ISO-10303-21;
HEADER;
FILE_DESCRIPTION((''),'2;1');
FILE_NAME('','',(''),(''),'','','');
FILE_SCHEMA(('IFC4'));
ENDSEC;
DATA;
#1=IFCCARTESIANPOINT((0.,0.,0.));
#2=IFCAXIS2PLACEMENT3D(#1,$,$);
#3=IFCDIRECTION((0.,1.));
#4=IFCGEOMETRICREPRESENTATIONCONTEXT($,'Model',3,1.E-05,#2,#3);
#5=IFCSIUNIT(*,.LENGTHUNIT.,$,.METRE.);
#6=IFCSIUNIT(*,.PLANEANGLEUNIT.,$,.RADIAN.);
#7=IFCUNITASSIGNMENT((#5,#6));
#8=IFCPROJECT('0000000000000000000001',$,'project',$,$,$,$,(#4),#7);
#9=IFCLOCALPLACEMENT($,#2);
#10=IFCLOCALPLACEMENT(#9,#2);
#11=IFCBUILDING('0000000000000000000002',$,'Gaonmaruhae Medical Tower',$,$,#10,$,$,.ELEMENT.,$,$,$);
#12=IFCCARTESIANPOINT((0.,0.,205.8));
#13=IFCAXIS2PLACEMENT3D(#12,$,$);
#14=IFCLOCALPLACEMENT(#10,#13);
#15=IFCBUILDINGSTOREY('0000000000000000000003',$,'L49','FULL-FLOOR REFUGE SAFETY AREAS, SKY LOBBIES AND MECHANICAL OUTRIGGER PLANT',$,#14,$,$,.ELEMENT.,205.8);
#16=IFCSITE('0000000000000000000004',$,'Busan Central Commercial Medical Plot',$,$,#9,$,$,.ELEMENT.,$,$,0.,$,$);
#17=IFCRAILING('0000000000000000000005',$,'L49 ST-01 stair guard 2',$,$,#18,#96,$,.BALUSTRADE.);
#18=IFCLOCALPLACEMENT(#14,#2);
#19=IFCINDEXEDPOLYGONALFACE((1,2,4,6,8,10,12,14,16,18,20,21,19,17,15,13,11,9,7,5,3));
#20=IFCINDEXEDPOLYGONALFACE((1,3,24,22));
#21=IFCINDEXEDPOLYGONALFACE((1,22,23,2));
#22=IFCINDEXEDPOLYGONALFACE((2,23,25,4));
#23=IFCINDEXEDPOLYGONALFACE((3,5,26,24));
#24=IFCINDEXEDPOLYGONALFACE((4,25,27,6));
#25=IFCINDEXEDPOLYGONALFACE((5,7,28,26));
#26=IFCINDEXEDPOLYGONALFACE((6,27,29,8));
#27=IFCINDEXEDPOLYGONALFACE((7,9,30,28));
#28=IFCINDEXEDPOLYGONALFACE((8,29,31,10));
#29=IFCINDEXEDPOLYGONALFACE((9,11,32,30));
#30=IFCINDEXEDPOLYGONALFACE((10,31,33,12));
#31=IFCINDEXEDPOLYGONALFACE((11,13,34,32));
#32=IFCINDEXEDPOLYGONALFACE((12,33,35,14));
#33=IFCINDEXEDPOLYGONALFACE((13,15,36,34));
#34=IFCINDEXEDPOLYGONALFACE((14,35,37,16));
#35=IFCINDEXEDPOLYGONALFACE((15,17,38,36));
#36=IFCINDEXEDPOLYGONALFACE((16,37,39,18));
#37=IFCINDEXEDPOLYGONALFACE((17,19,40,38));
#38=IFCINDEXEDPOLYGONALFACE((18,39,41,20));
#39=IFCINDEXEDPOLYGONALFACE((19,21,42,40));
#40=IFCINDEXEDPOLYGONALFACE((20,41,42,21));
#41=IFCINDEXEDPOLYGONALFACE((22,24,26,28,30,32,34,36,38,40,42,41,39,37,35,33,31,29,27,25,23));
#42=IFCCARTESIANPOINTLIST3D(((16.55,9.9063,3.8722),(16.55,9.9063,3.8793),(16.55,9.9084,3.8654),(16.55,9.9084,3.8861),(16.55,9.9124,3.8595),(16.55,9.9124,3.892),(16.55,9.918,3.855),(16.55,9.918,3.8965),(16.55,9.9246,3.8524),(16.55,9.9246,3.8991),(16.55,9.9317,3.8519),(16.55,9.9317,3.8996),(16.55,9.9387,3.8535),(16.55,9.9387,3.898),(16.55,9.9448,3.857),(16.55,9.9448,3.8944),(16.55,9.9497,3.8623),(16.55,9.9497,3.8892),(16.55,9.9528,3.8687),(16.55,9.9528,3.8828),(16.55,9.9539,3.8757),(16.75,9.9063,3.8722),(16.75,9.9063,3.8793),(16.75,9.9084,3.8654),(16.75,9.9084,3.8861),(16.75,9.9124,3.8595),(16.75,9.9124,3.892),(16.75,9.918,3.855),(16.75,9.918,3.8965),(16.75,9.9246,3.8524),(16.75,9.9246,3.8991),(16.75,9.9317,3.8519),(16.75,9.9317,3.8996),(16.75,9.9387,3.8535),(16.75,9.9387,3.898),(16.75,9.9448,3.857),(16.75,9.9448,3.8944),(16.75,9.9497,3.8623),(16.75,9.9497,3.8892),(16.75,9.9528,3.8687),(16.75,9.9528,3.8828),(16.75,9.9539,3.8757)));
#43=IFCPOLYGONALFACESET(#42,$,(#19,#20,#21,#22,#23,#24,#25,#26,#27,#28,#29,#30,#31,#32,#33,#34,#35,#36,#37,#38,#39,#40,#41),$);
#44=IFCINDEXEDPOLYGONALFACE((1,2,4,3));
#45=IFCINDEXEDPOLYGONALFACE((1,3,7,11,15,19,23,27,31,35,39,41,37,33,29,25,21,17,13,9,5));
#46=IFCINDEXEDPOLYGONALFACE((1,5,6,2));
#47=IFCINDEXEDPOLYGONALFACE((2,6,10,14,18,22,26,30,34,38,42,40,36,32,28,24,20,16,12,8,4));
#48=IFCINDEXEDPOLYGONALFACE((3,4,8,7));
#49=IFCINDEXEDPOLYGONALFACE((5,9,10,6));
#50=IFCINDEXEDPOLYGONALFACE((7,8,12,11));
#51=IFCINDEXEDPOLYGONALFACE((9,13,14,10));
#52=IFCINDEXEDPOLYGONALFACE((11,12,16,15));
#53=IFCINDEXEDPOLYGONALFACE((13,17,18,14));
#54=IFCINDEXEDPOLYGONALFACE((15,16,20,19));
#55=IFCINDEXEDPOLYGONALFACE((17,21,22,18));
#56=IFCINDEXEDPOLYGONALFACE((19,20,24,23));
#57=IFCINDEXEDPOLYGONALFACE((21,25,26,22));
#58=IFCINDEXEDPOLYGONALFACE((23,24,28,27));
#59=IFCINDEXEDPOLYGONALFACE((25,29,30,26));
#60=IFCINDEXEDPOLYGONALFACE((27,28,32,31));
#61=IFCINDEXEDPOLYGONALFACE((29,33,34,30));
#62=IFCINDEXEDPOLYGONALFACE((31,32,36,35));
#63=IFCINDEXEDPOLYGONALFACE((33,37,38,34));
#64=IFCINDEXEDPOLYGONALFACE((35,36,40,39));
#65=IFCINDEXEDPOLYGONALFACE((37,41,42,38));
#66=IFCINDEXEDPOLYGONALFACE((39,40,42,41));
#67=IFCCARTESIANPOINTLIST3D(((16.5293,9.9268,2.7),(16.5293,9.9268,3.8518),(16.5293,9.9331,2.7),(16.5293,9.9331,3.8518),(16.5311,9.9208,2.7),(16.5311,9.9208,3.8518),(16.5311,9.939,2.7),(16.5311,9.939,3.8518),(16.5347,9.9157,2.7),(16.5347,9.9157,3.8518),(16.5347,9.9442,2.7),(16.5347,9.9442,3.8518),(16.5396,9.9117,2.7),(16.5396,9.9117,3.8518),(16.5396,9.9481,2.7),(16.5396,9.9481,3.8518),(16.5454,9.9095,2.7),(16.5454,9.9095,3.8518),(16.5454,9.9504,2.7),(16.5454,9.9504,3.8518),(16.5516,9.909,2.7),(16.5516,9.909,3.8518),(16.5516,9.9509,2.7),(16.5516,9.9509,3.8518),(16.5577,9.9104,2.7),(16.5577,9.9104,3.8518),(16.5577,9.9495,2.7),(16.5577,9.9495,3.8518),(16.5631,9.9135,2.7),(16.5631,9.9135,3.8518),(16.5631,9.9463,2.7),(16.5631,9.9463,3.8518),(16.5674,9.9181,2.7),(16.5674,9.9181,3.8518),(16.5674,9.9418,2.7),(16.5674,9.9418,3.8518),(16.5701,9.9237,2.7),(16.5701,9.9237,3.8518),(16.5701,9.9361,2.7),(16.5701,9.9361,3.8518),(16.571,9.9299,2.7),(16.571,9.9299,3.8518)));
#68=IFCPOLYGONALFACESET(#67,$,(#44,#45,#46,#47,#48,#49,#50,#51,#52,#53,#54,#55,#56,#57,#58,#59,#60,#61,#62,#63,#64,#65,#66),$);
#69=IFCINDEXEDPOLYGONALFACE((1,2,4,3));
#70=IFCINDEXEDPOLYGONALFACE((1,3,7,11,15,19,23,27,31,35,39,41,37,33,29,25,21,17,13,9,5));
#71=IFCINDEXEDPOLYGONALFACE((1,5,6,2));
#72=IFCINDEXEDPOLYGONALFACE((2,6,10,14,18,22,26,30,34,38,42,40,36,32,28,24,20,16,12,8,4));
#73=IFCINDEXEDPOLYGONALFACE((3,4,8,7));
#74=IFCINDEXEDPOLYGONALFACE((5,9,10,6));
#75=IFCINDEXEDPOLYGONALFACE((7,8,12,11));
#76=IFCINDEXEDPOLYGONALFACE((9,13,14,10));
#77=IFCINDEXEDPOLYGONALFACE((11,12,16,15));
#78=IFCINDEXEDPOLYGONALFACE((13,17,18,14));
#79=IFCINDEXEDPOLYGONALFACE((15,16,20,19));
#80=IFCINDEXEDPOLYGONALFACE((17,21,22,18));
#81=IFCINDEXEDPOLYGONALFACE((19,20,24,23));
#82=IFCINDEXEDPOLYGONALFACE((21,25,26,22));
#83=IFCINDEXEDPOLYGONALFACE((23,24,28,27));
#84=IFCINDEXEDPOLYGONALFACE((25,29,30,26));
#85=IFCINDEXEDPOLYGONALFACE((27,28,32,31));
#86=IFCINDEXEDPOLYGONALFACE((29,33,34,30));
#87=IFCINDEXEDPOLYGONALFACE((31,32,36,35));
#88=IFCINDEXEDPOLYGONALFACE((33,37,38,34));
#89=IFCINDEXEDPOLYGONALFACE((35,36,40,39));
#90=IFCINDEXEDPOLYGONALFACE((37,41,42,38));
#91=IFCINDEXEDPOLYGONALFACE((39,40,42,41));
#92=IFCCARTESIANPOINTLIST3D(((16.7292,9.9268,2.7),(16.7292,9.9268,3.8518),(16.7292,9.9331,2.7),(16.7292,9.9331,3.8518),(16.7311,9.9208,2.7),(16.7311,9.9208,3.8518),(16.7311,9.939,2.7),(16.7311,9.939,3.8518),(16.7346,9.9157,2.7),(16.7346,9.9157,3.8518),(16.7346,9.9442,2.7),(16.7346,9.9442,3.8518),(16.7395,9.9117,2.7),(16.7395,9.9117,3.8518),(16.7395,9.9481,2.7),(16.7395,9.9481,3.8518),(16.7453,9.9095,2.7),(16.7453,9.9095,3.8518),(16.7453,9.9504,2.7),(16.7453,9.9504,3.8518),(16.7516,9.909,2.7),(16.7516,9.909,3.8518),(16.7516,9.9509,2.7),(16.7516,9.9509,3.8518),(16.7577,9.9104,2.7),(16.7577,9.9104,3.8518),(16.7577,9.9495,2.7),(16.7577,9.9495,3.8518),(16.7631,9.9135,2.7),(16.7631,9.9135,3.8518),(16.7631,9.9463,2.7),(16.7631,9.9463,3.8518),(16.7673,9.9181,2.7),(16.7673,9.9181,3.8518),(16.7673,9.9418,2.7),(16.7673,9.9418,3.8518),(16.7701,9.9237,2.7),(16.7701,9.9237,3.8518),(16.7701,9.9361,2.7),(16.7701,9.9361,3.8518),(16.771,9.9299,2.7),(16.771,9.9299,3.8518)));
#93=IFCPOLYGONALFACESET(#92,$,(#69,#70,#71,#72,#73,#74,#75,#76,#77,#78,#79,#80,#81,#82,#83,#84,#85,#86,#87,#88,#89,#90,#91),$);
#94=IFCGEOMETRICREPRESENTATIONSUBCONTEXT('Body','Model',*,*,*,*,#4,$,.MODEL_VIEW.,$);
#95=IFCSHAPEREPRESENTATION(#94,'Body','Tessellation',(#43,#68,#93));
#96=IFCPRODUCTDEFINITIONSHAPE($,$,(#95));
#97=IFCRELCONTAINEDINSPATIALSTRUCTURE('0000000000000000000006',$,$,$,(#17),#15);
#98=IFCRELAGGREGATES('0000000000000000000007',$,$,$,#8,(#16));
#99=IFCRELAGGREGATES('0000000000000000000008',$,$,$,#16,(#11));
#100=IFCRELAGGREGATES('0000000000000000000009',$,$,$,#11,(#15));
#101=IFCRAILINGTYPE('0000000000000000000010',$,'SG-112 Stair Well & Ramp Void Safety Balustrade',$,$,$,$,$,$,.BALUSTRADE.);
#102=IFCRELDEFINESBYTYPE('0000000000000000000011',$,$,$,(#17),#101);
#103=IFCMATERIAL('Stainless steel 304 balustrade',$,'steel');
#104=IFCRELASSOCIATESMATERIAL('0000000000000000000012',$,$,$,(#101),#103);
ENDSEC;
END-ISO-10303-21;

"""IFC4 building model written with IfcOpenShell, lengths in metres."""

from ifc_helpers import new_model, si_unit, direction, frame, origin, origin_2d, place, context, subcontext, project, spatial, circle, extrude, material, type_object, element, save


model = new_model("IFC4")

# Units and contexts
model_context = context("Model", 3, precision=1e-05, world=origin(), true_north=direction((0.0, 1.0)))
body_context = subcontext(model_context, "Body", "Model", "MODEL_VIEW")
ifc_project = project(units=[si_unit("LENGTHUNIT", "METRE"), si_unit("PLANEANGLEUNIT", "RADIAN")], contexts=[model_context])

# Site, building, storey
site_placement = place(None, origin())
site = spatial("IfcSite", under=ifc_project, at=site_placement, Name="Busan Central Commercial Medical Plot", CompositionType="ELEMENT", RefElevation=0.0)
building_placement = place(site_placement, origin())
building = spatial("IfcBuilding", under=site, at=building_placement, Name="Gaonmaruhae Medical Tower", CompositionType="ELEMENT")
storey_placement = place(building_placement, frame((0.0, 0.0, 205.8)))
storey = spatial("IfcBuildingStorey", under=building, at=storey_placement, Name="L49", Description="FULL-FLOOR REFUGE SAFETY AREAS, SKY LOBBIES AND MECHANICAL OUTRIGGER PLANT", CompositionType="ELEMENT", Elevation=205.8)

# Railing
ifc_material_1 = material(Name="Stainless steel 304 balustrade", Category="steel")
railing_type_1 = type_object("IfcRailingType", Name="SG-112 Stair Well & Ramp Void Safety Balustrade", PredefinedType="BALUSTRADE", material=ifc_material_1)
railing_1_placement = place(storey_placement, frame((16.55, 9.9299, 2.7)))
element("IfcRailing", 1, at=railing_1_placement, inside=storey, type_object=railing_type_1, Name="L49 ST-01 stair guard 2", PredefinedType="BALUSTRADE", context=body_context, shape_type="SweptSolid", body=[
    extrude(circle(Radius=0.0239, at=origin_2d()), frame((0.0, 0.0, 1.1758), z_axis=(1.0, 0.0, 0.0), x_axis=(0.0, 1.0, 0.0)), (0.0, 0.0, 1.0), 0.2),
    extrude(circle(Radius=0.021, at=origin_2d()), origin(), (0.0, 0.0, 1.0), 1.1519),
    extrude(circle(Radius=0.021, at=origin_2d()), frame((0.2, 0.0, 0.0)), (0.0, 0.0, 1.0), 1.1519),
])

save(model, "model.ifc")
